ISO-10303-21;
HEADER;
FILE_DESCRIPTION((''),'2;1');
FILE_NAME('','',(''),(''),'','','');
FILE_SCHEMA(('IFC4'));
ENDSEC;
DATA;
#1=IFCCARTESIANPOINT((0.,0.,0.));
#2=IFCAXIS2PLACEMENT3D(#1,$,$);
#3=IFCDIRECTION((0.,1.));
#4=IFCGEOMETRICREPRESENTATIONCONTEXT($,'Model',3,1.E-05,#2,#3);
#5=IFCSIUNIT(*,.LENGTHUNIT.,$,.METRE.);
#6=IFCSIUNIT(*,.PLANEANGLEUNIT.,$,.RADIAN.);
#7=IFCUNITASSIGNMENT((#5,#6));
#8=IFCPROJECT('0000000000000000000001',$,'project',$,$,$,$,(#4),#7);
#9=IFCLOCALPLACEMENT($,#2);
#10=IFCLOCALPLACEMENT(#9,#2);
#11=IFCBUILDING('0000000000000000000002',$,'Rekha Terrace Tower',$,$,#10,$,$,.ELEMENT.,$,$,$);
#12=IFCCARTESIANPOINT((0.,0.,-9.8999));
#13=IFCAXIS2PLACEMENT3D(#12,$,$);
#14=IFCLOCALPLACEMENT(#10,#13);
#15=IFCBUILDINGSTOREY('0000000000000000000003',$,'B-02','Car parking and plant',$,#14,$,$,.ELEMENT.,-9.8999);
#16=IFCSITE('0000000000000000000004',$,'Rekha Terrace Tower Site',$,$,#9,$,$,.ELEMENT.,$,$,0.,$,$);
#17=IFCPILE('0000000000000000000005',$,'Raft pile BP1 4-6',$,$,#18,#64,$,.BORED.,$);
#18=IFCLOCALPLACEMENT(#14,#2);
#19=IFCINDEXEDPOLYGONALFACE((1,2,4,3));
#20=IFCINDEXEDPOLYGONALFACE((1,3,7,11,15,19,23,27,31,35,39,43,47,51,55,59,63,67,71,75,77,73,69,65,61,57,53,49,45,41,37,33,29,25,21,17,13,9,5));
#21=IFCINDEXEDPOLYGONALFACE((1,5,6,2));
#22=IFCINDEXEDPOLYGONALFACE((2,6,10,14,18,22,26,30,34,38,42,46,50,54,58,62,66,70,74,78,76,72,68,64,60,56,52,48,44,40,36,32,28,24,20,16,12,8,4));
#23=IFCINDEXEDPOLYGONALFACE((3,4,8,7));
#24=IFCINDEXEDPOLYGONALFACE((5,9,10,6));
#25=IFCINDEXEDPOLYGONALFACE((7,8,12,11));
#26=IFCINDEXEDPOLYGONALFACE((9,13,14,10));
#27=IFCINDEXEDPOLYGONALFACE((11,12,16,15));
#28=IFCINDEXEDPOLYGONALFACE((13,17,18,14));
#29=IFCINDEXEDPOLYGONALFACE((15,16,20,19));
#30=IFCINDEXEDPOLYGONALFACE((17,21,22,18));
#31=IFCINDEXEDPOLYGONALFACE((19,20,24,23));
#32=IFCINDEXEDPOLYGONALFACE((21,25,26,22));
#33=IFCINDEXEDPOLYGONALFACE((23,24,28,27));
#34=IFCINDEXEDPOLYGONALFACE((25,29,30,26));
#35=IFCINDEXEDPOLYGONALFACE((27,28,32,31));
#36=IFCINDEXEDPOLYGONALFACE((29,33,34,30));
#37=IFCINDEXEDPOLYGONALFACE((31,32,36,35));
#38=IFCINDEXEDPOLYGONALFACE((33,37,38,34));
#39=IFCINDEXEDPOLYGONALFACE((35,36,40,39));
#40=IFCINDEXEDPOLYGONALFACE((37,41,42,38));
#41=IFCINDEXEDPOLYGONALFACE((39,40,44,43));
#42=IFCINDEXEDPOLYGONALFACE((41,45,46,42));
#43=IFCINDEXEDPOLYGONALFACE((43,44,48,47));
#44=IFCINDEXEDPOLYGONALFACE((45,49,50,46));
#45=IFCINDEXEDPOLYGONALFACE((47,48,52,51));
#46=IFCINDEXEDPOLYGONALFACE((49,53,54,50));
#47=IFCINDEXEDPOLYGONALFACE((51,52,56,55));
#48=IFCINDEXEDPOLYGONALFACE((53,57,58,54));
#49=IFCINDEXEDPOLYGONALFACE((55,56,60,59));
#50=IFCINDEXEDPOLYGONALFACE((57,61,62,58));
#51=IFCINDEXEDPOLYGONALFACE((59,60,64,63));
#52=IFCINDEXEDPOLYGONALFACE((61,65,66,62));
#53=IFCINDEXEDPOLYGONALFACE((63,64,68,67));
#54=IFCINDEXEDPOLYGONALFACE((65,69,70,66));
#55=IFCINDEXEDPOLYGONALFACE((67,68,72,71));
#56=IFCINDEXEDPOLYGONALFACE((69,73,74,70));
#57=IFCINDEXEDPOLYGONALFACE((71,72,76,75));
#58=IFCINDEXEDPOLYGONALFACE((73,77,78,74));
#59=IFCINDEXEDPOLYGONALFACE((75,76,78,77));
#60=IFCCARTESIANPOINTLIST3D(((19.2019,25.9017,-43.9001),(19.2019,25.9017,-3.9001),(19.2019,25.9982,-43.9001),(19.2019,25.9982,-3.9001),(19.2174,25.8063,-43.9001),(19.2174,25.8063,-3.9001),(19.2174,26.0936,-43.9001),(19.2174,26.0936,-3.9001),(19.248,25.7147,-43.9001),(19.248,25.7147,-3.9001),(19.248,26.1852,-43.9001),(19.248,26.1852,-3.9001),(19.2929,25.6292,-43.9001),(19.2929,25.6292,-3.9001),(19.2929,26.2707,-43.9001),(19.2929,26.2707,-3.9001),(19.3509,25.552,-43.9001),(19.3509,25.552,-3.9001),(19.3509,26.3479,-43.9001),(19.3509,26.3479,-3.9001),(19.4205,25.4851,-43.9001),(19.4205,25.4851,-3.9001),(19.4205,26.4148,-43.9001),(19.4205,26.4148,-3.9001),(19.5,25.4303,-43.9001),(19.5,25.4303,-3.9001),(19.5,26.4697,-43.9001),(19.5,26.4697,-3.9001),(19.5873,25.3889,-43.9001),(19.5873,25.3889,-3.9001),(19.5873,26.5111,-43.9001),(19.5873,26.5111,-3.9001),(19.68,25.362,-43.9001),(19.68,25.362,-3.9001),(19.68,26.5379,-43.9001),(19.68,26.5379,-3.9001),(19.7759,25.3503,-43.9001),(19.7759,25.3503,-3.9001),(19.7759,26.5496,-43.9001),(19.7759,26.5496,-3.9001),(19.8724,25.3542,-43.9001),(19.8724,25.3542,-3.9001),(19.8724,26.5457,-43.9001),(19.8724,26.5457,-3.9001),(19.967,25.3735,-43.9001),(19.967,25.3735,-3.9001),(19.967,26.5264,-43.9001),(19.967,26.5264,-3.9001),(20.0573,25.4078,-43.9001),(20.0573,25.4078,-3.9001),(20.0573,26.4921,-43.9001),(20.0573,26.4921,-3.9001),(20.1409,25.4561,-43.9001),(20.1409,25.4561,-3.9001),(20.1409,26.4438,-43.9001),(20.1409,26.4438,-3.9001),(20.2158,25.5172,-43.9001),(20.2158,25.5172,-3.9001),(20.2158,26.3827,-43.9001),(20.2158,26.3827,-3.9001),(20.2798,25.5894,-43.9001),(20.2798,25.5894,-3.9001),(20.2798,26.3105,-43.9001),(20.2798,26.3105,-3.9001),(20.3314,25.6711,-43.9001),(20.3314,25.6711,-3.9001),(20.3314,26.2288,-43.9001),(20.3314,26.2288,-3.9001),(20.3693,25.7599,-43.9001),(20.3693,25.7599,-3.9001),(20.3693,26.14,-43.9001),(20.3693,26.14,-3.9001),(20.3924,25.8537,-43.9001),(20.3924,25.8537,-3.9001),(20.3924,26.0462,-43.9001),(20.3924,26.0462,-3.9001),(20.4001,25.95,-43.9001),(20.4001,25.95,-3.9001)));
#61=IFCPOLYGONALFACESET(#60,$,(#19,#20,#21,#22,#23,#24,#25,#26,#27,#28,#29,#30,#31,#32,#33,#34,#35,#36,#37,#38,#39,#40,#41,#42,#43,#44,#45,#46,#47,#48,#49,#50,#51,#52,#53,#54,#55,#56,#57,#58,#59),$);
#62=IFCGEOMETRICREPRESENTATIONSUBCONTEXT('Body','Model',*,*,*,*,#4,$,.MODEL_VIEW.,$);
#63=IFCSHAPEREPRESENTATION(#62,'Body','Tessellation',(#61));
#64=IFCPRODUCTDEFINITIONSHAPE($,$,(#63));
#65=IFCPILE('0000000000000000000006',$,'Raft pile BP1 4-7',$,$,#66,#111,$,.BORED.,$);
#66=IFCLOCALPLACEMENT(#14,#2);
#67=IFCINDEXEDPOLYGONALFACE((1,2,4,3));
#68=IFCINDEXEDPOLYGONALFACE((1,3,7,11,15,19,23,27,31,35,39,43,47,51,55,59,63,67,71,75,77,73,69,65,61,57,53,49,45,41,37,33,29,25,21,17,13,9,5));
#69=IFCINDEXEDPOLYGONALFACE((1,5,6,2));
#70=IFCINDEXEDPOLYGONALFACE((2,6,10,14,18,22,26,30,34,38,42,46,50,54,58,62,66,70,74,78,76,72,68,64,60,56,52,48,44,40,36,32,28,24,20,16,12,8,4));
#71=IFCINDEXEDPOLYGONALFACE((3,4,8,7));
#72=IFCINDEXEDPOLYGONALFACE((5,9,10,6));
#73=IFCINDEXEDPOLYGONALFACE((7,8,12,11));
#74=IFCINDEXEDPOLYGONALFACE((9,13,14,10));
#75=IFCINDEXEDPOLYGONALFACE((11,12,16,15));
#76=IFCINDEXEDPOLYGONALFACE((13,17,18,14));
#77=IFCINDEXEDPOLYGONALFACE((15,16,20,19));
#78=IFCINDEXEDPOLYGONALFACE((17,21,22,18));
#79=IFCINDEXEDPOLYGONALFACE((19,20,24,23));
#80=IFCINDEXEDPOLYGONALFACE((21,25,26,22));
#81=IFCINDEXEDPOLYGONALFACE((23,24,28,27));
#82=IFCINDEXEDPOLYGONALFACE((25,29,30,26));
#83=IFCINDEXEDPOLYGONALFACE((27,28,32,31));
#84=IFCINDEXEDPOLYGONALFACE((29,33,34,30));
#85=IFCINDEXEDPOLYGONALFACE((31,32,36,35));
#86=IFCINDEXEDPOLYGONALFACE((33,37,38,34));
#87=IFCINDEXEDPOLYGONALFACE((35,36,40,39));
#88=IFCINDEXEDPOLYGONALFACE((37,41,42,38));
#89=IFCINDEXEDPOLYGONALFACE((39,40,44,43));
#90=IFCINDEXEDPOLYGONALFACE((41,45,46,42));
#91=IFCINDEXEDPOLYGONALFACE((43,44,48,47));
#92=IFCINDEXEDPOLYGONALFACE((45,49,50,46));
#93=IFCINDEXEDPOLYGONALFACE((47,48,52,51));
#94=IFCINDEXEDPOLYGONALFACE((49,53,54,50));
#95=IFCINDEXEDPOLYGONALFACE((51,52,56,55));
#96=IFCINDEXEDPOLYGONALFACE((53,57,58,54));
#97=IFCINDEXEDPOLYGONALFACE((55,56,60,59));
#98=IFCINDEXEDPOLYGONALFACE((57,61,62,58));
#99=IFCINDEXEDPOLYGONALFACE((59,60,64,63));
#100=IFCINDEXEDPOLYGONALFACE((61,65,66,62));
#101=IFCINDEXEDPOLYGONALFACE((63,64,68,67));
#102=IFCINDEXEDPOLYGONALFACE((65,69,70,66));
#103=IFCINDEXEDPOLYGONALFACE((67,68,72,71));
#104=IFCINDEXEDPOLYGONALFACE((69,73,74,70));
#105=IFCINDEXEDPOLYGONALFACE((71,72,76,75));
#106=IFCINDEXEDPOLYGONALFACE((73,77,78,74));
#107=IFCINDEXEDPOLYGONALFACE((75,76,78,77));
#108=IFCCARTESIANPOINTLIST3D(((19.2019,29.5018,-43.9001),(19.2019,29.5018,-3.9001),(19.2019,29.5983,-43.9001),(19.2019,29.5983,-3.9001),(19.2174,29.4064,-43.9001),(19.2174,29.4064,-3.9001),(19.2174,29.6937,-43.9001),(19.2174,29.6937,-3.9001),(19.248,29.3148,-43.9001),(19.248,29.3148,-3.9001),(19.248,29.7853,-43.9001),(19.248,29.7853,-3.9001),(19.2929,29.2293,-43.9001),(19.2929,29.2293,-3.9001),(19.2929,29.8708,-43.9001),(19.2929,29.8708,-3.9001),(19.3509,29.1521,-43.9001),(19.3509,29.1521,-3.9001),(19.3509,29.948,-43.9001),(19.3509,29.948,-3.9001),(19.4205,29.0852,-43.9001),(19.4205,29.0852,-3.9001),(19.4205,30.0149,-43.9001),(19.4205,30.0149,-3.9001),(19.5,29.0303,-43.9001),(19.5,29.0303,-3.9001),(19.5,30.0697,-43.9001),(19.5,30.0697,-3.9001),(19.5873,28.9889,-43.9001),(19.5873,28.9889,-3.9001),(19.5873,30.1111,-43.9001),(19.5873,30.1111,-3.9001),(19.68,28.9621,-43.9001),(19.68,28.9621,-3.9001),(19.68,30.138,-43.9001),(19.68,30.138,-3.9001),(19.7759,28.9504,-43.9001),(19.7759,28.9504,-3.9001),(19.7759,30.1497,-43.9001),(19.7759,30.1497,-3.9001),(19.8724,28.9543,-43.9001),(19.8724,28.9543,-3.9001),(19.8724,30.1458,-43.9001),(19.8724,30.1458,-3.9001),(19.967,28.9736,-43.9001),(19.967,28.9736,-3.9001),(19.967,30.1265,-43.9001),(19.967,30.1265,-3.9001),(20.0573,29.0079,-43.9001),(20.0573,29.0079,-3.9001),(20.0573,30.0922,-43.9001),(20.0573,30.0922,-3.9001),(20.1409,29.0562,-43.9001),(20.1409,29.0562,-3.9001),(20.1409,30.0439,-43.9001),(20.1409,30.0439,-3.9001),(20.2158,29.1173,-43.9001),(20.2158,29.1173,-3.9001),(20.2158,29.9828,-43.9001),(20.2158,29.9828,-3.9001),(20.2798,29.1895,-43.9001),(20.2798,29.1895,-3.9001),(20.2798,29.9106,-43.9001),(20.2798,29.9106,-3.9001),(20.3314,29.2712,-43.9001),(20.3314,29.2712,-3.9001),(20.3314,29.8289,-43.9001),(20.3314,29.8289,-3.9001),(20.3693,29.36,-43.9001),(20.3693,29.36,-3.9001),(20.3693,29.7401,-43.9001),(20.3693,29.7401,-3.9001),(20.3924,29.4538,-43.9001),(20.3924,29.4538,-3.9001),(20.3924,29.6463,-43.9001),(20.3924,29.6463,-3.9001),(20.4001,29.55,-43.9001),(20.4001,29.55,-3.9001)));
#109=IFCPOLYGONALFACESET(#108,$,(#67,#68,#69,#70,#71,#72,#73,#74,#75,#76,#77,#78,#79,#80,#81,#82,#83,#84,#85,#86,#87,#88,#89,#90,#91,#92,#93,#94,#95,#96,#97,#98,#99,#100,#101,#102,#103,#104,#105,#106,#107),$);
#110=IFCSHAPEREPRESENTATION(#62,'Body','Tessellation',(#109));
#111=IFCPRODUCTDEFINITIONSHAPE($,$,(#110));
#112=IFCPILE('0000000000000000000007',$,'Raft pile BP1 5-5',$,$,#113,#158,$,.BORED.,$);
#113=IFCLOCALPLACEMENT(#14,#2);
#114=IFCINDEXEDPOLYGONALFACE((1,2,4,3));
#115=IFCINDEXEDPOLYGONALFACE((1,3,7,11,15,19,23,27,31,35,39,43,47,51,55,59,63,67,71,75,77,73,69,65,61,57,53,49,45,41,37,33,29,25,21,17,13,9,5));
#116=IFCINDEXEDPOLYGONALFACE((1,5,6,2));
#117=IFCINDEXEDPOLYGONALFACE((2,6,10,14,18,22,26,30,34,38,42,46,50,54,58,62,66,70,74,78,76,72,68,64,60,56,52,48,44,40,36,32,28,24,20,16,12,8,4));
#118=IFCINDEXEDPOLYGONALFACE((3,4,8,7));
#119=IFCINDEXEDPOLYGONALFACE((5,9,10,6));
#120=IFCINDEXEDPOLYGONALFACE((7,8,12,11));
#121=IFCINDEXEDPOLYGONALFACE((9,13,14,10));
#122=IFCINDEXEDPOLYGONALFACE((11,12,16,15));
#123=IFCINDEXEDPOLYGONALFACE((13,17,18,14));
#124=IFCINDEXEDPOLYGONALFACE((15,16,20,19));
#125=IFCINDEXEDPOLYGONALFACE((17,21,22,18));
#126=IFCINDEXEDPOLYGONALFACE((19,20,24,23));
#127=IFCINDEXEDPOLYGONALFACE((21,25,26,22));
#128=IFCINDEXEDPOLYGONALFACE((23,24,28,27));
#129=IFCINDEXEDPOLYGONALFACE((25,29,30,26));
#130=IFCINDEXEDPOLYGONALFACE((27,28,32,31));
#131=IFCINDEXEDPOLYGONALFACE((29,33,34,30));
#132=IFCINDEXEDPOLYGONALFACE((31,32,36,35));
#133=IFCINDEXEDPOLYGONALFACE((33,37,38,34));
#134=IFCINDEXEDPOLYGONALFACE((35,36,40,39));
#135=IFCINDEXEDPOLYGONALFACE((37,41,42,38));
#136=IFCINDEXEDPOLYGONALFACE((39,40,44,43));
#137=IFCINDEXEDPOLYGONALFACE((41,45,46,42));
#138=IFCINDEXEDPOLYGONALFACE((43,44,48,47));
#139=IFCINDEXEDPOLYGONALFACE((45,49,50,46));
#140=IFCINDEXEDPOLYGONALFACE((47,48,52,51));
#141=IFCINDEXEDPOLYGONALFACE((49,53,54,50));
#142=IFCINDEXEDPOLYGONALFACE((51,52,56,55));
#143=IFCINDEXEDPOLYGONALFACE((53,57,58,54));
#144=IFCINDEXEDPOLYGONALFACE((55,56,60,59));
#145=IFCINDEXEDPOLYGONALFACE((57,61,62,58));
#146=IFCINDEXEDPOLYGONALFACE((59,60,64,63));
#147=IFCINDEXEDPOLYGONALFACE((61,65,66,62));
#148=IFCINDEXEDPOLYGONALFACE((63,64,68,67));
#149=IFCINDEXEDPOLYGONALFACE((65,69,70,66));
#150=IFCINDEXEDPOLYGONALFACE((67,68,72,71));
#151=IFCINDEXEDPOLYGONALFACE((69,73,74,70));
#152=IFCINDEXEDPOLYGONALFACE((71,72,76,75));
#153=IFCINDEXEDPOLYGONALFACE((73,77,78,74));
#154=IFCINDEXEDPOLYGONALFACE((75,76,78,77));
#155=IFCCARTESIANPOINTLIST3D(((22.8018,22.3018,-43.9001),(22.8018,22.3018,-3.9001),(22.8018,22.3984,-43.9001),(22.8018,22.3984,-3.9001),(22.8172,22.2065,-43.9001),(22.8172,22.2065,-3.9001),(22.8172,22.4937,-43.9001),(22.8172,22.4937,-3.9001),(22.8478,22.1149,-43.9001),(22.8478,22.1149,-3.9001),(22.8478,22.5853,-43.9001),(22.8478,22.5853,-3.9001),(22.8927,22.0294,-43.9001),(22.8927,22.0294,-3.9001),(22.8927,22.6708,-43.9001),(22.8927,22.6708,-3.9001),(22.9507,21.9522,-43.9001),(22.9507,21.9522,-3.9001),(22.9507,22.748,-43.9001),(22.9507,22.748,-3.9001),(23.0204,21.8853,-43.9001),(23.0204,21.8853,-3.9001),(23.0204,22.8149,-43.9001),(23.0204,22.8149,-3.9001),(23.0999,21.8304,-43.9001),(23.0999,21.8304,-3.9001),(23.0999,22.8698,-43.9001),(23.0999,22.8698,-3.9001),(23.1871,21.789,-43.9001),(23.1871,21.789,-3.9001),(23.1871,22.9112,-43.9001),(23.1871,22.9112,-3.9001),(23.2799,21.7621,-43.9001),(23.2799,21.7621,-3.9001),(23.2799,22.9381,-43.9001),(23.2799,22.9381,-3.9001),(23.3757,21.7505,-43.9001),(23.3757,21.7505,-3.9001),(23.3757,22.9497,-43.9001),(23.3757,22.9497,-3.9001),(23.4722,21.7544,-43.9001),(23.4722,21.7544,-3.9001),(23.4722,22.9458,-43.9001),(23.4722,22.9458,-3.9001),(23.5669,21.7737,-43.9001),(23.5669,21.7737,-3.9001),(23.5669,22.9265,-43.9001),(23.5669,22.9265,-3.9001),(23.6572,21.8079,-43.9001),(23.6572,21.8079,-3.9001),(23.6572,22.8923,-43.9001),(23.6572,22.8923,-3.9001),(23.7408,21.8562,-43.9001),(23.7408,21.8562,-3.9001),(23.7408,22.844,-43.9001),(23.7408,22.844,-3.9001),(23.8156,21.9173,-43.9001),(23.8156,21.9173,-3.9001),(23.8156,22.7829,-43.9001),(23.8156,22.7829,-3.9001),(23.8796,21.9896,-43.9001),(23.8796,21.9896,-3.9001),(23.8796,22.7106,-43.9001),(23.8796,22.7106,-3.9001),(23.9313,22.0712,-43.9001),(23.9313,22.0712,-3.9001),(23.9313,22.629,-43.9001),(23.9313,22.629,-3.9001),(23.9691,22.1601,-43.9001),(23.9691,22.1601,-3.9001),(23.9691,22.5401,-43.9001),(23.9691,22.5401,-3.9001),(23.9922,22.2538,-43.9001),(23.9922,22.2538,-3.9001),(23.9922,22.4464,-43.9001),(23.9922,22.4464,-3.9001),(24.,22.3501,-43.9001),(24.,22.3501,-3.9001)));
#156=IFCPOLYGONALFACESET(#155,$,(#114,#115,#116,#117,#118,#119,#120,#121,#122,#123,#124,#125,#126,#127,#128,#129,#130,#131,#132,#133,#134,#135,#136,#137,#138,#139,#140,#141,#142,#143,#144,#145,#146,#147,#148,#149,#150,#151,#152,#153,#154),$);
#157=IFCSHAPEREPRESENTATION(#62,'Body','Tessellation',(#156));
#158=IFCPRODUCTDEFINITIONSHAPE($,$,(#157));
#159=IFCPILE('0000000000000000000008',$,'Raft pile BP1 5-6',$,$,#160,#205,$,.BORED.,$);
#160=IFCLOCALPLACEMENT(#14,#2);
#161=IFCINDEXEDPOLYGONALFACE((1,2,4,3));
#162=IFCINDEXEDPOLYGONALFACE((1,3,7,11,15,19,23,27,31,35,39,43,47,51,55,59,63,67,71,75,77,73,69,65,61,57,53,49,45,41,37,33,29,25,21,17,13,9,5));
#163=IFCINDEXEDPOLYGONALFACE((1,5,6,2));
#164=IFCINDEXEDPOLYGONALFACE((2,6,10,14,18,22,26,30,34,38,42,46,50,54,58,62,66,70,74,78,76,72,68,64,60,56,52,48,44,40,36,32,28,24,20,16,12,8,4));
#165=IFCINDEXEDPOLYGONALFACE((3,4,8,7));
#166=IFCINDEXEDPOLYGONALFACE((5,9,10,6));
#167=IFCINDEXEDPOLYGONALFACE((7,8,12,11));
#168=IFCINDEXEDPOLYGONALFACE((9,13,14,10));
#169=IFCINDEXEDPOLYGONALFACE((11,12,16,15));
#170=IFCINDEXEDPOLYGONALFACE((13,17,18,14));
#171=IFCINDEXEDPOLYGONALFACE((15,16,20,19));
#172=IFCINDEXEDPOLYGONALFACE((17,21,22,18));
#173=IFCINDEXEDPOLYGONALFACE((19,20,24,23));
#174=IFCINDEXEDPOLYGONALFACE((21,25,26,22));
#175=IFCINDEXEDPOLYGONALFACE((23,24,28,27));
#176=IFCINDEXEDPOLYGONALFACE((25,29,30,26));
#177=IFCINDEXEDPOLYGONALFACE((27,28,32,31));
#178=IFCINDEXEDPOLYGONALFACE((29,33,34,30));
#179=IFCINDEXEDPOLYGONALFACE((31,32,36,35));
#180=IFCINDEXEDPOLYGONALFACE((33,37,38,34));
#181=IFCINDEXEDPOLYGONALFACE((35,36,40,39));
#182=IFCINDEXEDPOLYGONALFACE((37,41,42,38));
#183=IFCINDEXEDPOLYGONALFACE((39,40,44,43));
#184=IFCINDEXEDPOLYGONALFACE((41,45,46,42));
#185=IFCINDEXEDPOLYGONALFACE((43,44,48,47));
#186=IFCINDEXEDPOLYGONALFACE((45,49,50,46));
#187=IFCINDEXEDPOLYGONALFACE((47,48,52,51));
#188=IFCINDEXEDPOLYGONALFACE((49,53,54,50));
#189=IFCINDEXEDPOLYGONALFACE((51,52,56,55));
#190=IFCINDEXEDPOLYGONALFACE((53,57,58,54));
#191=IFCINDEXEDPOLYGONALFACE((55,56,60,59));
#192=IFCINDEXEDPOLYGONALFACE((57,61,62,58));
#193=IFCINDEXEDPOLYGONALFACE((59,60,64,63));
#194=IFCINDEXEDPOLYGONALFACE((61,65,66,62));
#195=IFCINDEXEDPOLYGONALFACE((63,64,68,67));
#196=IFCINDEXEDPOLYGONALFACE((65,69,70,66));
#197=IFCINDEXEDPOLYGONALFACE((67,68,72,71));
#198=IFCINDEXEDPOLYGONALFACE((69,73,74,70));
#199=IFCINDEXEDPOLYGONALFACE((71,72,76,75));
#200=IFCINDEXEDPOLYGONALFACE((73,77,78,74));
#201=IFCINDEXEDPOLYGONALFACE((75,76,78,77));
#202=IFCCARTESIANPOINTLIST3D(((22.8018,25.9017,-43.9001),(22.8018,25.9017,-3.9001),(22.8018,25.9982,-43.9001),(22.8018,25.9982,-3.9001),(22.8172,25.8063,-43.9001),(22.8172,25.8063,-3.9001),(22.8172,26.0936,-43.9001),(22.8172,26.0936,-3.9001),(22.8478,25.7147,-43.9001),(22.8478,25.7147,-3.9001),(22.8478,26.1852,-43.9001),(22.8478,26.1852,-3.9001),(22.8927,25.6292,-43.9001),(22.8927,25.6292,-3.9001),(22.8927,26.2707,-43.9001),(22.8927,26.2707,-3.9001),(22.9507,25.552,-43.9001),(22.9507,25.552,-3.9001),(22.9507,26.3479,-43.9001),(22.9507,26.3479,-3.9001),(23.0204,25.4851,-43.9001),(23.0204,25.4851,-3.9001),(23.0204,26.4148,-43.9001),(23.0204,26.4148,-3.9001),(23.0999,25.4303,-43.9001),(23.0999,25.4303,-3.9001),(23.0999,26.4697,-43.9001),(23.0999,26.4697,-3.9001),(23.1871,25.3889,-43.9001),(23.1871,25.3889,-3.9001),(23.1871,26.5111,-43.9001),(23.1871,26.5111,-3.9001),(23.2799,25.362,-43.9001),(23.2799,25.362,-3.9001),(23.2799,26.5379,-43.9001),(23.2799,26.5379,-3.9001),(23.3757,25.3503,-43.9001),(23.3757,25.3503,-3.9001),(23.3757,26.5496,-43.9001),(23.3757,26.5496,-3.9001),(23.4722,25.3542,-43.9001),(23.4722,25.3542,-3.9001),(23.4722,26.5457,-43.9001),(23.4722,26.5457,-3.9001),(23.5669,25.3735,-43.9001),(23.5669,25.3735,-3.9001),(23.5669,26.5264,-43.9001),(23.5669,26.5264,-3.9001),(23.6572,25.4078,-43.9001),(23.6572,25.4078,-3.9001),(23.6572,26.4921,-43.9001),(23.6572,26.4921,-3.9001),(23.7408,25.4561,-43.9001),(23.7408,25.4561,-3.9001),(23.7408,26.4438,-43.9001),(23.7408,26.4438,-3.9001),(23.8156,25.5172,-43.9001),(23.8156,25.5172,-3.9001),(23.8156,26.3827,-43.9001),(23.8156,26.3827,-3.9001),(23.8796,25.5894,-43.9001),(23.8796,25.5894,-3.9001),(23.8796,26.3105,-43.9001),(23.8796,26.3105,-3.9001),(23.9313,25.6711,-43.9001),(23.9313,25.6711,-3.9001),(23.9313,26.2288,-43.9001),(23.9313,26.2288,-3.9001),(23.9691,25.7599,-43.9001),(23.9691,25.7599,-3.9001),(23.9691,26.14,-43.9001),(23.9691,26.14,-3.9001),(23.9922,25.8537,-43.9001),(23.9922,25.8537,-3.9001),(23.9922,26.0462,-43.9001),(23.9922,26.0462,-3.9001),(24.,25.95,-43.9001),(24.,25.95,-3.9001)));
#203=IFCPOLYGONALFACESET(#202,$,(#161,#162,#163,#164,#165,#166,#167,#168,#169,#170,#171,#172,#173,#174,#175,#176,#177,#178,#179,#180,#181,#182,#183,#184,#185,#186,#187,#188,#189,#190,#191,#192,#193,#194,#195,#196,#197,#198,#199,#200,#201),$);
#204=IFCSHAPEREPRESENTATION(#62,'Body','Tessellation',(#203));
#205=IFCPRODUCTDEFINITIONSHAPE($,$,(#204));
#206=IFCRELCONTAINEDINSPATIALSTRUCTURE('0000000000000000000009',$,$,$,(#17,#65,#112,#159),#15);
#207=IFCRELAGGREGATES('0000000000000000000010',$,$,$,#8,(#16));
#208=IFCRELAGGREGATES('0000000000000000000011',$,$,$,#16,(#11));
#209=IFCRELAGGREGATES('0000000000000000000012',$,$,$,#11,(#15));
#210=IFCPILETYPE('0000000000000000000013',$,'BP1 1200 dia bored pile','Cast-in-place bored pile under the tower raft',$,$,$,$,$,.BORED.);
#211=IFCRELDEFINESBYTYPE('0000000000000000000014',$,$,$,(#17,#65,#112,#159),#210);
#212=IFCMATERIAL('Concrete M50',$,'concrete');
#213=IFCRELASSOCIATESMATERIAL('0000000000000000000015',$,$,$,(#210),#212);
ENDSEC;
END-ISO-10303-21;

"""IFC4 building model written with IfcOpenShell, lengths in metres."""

from ifc_helpers import new_model, si_unit, direction, frame, origin, origin_2d, place, context, subcontext, project, spatial, circle, extrude, material, type_object, element, save


model = new_model("IFC4")

# Units and contexts
model_context = context("Model", 3, precision=1e-05, world=origin(), true_north=direction((0.0, 1.0)))
body_context = subcontext(model_context, "Body", "Model", "MODEL_VIEW")
ifc_project = project(units=[si_unit("LENGTHUNIT", "METRE"), si_unit("PLANEANGLEUNIT", "RADIAN")], contexts=[model_context])

# Site, building, storey
site_placement = place(None, origin())
site = spatial("IfcSite", under=ifc_project, at=site_placement, Name="Rekha Terrace Tower Site", CompositionType="ELEMENT", RefElevation=0.0)
building_placement = place(site_placement, origin())
building = spatial("IfcBuilding", under=site, at=building_placement, Name="Rekha Terrace Tower", CompositionType="ELEMENT")
storey_placement = place(building_placement, frame((0.0, 0.0, -9.8999)))
storey = spatial("IfcBuildingStorey", under=building, at=storey_placement, Name="B-02", Description="Car parking and plant", CompositionType="ELEMENT", Elevation=-9.8999)

# Piles
ifc_material_1 = material(Name="Concrete M50", Category="concrete")
pile_type = type_object("IfcPileType", Name="BP1 1200 dia bored pile", Description="Cast-in-place bored pile under the tower raft", PredefinedType="BORED", material=ifc_material_1)
for number, where, z_axis, x_axis, name in (
    (1, (19.8, 25.95, -3.9001), (0.0, 0.0, -1.0), (1.0, 0.0, 0.0), "Raft pile BP1 4-6"),
    (2, (19.8, 29.55, -3.9001), (0.0, 0.0, -1.0), (1.0, 0.0, 0.0), "Raft pile BP1 4-7"),
    (3, (23.3999, 22.3501, -3.9001), (0.0, 0.0, -1.0), (1.0, 0.0, 0.0), "Raft pile BP1 5-5"),
    (4, (23.3999, 25.95, -3.9001), (0.0, 0.0, -1.0), (1.0, 0.0, 0.0), "Raft pile BP1 5-6"),
):
    element("IfcPile", number, at=place(storey_placement, frame(where, z_axis=z_axis, x_axis=x_axis)), inside=storey, type_object=pile_type, Name=name, PredefinedType="BORED", context=body_context, shape_type="SweptSolid", body=[
        extrude(circle(Radius=0.6001, at=origin_2d()), origin(), (0.0, 0.0, 1.0), 40.0),
    ])

save(model, "model.ifc")
